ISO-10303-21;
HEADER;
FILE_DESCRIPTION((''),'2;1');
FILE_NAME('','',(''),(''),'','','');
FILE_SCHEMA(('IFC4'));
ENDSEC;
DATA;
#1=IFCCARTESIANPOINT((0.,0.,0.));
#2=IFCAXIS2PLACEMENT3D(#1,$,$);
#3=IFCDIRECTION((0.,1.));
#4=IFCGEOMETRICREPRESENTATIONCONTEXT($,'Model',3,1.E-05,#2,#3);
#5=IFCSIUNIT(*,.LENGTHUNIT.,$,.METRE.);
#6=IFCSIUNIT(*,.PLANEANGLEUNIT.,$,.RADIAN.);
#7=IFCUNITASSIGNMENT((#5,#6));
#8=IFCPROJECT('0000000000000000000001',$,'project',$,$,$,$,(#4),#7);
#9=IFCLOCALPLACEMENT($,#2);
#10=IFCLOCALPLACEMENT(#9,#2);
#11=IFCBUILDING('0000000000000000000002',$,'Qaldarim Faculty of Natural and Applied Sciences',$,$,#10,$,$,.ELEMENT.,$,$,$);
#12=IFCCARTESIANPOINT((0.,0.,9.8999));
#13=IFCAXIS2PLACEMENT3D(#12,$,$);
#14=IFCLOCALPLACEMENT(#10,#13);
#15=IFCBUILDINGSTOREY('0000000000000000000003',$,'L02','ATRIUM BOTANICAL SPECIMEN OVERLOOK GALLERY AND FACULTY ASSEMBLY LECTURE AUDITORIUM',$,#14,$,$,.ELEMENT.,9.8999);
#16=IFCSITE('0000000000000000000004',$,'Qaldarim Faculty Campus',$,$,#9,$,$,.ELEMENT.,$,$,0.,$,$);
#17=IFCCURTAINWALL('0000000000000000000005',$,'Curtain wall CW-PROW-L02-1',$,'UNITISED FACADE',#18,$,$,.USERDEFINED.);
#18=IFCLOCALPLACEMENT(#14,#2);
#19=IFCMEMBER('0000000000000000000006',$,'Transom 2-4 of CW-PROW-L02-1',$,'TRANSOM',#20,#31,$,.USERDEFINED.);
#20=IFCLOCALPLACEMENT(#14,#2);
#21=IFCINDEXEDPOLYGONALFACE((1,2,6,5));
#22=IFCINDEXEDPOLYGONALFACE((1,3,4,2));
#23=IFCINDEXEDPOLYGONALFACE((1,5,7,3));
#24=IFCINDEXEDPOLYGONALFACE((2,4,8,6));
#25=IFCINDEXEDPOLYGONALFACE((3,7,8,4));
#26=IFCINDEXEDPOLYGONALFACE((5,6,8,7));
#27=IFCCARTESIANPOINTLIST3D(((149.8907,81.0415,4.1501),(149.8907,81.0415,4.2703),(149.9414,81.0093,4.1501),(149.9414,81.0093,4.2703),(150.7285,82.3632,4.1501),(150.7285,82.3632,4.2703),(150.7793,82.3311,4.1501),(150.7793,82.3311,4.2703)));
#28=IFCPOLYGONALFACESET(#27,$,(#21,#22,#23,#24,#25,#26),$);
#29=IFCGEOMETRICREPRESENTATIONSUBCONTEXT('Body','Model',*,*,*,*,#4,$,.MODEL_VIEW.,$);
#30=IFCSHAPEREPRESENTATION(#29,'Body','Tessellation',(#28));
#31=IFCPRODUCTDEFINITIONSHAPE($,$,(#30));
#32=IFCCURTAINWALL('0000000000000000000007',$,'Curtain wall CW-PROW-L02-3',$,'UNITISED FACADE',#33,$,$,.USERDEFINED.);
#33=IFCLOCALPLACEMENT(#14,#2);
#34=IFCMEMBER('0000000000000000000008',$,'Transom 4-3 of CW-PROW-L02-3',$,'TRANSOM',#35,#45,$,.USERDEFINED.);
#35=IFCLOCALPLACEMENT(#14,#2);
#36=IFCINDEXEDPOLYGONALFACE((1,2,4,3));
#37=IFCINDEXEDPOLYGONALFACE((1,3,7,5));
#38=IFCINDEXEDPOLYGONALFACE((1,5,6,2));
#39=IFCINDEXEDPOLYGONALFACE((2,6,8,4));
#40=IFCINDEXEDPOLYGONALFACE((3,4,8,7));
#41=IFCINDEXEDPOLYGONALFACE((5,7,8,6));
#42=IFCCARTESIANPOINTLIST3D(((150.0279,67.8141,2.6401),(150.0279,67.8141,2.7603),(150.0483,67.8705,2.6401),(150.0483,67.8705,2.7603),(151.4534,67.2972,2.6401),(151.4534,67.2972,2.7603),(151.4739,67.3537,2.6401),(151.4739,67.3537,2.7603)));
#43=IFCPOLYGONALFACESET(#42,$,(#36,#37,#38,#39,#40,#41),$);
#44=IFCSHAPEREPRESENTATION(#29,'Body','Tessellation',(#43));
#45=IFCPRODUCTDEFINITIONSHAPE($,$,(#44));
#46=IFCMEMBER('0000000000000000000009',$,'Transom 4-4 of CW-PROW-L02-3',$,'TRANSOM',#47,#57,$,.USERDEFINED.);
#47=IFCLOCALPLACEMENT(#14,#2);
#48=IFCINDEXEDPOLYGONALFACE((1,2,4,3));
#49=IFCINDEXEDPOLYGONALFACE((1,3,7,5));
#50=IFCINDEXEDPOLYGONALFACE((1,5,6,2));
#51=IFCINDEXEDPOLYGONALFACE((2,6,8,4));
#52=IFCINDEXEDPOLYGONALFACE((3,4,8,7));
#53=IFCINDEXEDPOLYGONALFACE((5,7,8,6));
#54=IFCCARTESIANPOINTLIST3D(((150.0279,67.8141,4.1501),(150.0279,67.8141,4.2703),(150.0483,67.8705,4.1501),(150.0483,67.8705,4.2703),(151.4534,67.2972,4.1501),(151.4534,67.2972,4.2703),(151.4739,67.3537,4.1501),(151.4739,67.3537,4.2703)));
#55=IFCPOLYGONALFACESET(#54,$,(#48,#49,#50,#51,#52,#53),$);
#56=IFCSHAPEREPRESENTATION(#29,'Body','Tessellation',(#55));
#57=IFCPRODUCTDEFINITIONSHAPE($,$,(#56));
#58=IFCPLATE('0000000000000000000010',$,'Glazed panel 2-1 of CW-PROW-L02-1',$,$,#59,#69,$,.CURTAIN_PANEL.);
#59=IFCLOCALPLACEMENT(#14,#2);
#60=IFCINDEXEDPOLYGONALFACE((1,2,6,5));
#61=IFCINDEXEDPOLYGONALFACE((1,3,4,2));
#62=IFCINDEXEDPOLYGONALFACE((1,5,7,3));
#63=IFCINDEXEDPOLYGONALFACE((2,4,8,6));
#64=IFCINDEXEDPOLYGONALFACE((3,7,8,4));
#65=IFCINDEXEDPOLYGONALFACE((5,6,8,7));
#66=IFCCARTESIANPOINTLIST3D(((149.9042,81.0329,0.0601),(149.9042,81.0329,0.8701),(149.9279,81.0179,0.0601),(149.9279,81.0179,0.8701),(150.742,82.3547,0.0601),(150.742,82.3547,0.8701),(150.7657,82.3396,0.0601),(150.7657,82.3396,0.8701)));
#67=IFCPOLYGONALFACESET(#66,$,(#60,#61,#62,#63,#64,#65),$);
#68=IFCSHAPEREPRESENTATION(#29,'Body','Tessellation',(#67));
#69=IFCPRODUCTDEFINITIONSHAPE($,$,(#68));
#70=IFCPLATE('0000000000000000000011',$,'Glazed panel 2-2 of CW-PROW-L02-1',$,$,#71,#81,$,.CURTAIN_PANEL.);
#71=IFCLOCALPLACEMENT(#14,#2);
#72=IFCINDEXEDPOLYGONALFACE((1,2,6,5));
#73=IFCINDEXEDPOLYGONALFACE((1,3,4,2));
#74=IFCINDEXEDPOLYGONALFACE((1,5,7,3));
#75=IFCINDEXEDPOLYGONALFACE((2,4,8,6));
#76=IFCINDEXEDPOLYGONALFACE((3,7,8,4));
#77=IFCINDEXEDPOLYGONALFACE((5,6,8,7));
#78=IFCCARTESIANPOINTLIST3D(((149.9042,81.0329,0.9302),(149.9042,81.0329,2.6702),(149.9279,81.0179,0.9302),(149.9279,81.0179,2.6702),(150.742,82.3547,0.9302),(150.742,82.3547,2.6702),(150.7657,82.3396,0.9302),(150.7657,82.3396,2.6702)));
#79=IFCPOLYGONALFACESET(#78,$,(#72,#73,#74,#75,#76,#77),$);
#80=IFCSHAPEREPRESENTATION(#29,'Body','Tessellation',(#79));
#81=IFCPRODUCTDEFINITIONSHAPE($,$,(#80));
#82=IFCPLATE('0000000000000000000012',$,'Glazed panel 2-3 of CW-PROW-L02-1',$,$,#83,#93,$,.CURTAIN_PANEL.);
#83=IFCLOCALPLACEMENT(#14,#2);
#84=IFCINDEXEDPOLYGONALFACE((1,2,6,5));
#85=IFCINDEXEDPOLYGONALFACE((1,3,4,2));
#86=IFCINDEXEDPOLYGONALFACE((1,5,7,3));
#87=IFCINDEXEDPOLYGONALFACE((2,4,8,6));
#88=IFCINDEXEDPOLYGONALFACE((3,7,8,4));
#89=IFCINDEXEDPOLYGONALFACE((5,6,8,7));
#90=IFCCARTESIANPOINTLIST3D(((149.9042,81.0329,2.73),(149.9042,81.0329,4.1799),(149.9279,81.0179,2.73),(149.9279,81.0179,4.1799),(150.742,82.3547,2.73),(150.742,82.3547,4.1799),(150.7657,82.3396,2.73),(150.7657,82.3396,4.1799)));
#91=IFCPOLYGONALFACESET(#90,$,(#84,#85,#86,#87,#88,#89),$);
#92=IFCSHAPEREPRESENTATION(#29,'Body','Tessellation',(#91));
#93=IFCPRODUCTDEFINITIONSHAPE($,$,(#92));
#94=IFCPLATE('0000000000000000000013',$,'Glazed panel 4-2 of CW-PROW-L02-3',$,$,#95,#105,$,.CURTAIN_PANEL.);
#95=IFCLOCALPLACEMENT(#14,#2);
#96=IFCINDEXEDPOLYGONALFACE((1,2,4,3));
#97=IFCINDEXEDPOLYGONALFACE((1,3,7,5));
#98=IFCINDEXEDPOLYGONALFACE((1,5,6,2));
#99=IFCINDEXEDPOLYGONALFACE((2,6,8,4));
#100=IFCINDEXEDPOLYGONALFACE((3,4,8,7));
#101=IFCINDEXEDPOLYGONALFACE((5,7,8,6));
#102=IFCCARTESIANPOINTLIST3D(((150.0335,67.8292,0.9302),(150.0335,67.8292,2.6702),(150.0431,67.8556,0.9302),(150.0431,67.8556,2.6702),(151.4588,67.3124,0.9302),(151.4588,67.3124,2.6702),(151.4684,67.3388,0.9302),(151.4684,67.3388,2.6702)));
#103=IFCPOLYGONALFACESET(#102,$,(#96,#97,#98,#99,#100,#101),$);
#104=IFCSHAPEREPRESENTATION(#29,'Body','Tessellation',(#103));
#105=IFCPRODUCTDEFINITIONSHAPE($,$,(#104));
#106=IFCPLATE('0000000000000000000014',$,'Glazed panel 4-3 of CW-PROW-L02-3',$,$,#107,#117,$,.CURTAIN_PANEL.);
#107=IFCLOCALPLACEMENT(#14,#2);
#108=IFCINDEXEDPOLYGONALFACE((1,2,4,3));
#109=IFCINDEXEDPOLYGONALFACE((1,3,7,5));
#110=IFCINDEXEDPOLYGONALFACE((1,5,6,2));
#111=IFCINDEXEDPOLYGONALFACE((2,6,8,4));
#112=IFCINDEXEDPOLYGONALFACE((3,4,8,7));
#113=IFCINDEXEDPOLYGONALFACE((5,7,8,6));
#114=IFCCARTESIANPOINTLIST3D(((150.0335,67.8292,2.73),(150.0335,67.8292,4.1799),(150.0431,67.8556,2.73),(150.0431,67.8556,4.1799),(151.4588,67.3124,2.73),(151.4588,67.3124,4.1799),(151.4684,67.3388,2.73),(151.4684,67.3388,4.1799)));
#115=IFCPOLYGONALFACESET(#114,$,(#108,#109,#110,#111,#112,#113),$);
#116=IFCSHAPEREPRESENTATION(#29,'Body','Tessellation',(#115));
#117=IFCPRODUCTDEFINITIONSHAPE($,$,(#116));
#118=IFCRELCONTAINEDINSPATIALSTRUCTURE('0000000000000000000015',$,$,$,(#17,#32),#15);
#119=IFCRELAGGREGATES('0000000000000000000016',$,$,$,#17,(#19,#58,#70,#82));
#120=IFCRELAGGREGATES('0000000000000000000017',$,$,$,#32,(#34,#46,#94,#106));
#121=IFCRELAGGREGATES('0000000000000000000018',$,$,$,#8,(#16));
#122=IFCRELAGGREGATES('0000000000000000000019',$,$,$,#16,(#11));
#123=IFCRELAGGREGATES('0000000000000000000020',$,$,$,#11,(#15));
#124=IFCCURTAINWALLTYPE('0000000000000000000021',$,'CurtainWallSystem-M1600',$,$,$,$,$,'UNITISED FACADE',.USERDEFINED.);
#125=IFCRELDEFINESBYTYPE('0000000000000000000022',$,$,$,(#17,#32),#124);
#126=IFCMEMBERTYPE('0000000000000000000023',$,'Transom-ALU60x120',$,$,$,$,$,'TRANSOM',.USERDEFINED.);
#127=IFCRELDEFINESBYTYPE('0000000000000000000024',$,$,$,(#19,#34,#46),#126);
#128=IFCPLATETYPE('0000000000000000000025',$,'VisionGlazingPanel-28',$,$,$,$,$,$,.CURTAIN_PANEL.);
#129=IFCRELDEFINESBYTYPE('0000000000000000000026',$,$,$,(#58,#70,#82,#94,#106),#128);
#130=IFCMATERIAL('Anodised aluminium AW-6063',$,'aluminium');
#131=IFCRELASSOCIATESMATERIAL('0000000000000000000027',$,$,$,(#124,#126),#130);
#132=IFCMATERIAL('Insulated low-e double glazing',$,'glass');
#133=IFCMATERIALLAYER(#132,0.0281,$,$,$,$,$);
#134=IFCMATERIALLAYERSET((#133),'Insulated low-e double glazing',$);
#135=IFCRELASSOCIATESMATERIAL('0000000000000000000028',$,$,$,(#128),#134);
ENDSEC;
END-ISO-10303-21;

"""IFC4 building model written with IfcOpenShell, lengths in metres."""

from ifc_helpers import new_model, si_unit, direction, frame, origin, origin_2d, place, context, subcontext, project, spatial, rectangle, extrude, material, layer, layer_set, material_profile, profile_set, type_object, element, aggregate, save


model = new_model("IFC4")

# Units and contexts
model_context = context("Model", 3, precision=1e-05, world=origin(), true_north=direction((0.0, 1.0)))
body_context = subcontext(model_context, "Body", "Model", "MODEL_VIEW")
ifc_project = project(units=[si_unit("LENGTHUNIT", "METRE"), si_unit("PLANEANGLEUNIT", "RADIAN")], contexts=[model_context])

# Site, building, storey
site_placement = place(None, origin())
site = spatial("IfcSite", under=ifc_project, at=site_placement, Name="Qaldarim Faculty Campus", CompositionType="ELEMENT", RefElevation=0.0)
building_placement = place(site_placement, origin())
building = spatial("IfcBuilding", under=site, at=building_placement, Name="Qaldarim Faculty of Natural and Applied Sciences", CompositionType="ELEMENT")
storey_placement = place(building_placement, frame((0.0, 0.0, 9.8999)))
storey = spatial("IfcBuildingStorey", under=building, at=storey_placement, Name="L02", Description="ATRIUM BOTANICAL SPECIMEN OVERLOOK GALLERY AND FACULTY ASSEMBLY LECTURE AUDITORIUM", CompositionType="ELEMENT", Elevation=9.8999)

# Curtain wall
ifc_material_1 = material(Name="Anodised aluminium AW-6063", Category="aluminium")
curtain_wall_type = type_object("IfcCurtainWallType", Name="CurtainWallSystem-M1600", ElementType="UNITISED FACADE", PredefinedType="USERDEFINED", material=ifc_material_1)
curtain_wall_1_placement = place(storey_placement, origin())
curtain_wall_1 = element("IfcCurtainWall", 1, at=curtain_wall_1_placement, inside=storey, type_object=curtain_wall_type, Name="Curtain wall CW-PROW-L02-1", ObjectType="UNITISED FACADE", PredefinedType="USERDEFINED")

# Member
ifc_material_profile_1 = material_profile(ifc_material_1, rectangle(XDim=0.0601, YDim=0.1201, at=origin_2d()), Name="ALU-T60x120")
ifc_profile_set_1 = profile_set([ifc_material_profile_1], Name="Anodised aluminium AW-6063")
member_type_1 = type_object("IfcMemberType", Name="Transom-ALU60x120", ElementType="TRANSOM", PredefinedType="USERDEFINED", material=ifc_profile_set_1)
member_1_placement = place(storey_placement, frame((150.7539, 82.3472, 4.2102), z_axis=(-0.535401, -0.844598, 0.0), x_axis=(0.844598, -0.535401, 0.0)))
member_1 = element("IfcMember", 2, at=member_1_placement, type_object=member_type_1, Name="Transom 2-4 of CW-PROW-L02-1", ObjectType="TRANSOM", PredefinedType="USERDEFINED", context=body_context, shape_type="SweptSolid", body=[
    extrude(rectangle(XDim=0.0601, YDim=0.1201, at=origin_2d()), origin(), (0.0, 0.0, 1.0), 1.5649),
])

# Curtain wall, members
curtain_wall_2_placement = place(storey_placement, origin())
curtain_wall_2 = element("IfcCurtainWall", 3, at=curtain_wall_2_placement, inside=storey, type_object=curtain_wall_type, Name="Curtain wall CW-PROW-L02-3", ObjectType="UNITISED FACADE", PredefinedType="USERDEFINED")
member_2_placement = place(storey_placement, frame((150.0381, 67.8423, 2.7002), z_axis=(0.940117, -0.340851, 0.0), x_axis=(0.340851, 0.940117, 0.0)))
member_2 = element("IfcMember", 4, at=member_2_placement, type_object=member_type_1, Name="Transom 4-3 of CW-PROW-L02-3", ObjectType="TRANSOM", PredefinedType="USERDEFINED", context=body_context, shape_type="SweptSolid", body=[
    extrude(rectangle(XDim=0.0601, YDim=0.1201, at=origin_2d()), origin(), (0.0, 0.0, 1.0), 1.5164),
])
member_3_placement = place(storey_placement, frame((150.0381, 67.8423, 4.2102), z_axis=(0.940117, -0.340851, 0.0), x_axis=(0.340851, 0.940117, 0.0)))
member_3 = element("IfcMember", 5, at=member_3_placement, type_object=member_type_1, Name="Transom 4-4 of CW-PROW-L02-3", ObjectType="TRANSOM", PredefinedType="USERDEFINED", context=body_context, shape_type="SweptSolid", body=[
    extrude(rectangle(XDim=0.0601, YDim=0.1201, at=origin_2d()), origin(), (0.0, 0.0, 1.0), 1.5164),
])

# Plates
ifc_material_2 = material(Name="Insulated low-e double glazing", Category="glass")
ifc_layer = layer(ifc_material_2, 0.0281)
ifc_layer_set = layer_set([ifc_layer], Name="Insulated low-e double glazing")
plate_type = type_object("IfcPlateType", Name="VisionGlazingPanel-28", PredefinedType="CURTAIN_PANEL", material=ifc_layer_set)
plate_1_placement = place(storey_placement, frame((150.335, 81.6863, 0.0601), z_axis=(0.0, 0.0, 1.0), x_axis=(-0.535385, -0.844608, 0.0)))
plate_1 = element("IfcPlate", 6, at=plate_1_placement, type_object=plate_type, Name="Glazed panel 2-1 of CW-PROW-L02-1", PredefinedType="CURTAIN_PANEL", context=body_context, shape_type="SweptSolid", body=[
    extrude(rectangle(XDim=1.5649, YDim=0.0281, at=origin_2d()), origin(), (0.0, 0.0, 1.0), 0.8101),
])
plate_2_placement = place(storey_placement, frame((150.335, 81.6863, 0.9302), z_axis=(0.0, 0.0, 1.0), x_axis=(-0.535385, -0.844608, 0.0)))
plate_2 = element("IfcPlate", 7, at=plate_2_placement, type_object=plate_type, Name="Glazed panel 2-2 of CW-PROW-L02-1", PredefinedType="CURTAIN_PANEL", context=body_context, shape_type="SweptSolid", body=[
    extrude(rectangle(XDim=1.5649, YDim=0.0281, at=origin_2d()), origin(), (0.0, 0.0, 1.0), 1.74),
])
plate_3_placement = place(storey_placement, frame((150.335, 81.6863, 2.73), z_axis=(0.0, 0.0, 1.0), x_axis=(-0.535385, -0.844608, 0.0)))
plate_3 = element("IfcPlate", 8, at=plate_3_placement, type_object=plate_type, Name="Glazed panel 2-3 of CW-PROW-L02-1", PredefinedType="CURTAIN_PANEL", context=body_context, shape_type="SweptSolid", body=[
    extrude(rectangle(XDim=1.5649, YDim=0.0281, at=origin_2d()), origin(), (0.0, 0.0, 1.0), 1.45),
])
aggregate(curtain_wall_1, [member_1, plate_1, plate_2, plate_3])
plate_4_placement = place(storey_placement, frame((150.751, 67.584, 0.9302), z_axis=(0.0, 0.0, 1.0), x_axis=(0.94011, -0.340872, 0.0)))
plate_4 = element("IfcPlate", 9, at=plate_4_placement, type_object=plate_type, Name="Glazed panel 4-2 of CW-PROW-L02-3", PredefinedType="CURTAIN_PANEL", context=body_context, shape_type="SweptSolid", body=[
    extrude(rectangle(XDim=1.5161, YDim=0.0281, at=origin_2d()), origin(), (0.0, 0.0, 1.0), 1.74),
])
plate_5_placement = place(storey_placement, frame((150.751, 67.584, 2.73), z_axis=(0.0, 0.0, 1.0), x_axis=(0.94011, -0.340872, 0.0)))
plate_5 = element("IfcPlate", 10, at=plate_5_placement, type_object=plate_type, Name="Glazed panel 4-3 of CW-PROW-L02-3", PredefinedType="CURTAIN_PANEL", context=body_context, shape_type="SweptSolid", body=[
    extrude(rectangle(XDim=1.5161, YDim=0.0281, at=origin_2d()), origin(), (0.0, 0.0, 1.0), 1.45),
])
aggregate(curtain_wall_2, [member_2, member_3, plate_4, plate_5])

save(model, "model.ifc")
